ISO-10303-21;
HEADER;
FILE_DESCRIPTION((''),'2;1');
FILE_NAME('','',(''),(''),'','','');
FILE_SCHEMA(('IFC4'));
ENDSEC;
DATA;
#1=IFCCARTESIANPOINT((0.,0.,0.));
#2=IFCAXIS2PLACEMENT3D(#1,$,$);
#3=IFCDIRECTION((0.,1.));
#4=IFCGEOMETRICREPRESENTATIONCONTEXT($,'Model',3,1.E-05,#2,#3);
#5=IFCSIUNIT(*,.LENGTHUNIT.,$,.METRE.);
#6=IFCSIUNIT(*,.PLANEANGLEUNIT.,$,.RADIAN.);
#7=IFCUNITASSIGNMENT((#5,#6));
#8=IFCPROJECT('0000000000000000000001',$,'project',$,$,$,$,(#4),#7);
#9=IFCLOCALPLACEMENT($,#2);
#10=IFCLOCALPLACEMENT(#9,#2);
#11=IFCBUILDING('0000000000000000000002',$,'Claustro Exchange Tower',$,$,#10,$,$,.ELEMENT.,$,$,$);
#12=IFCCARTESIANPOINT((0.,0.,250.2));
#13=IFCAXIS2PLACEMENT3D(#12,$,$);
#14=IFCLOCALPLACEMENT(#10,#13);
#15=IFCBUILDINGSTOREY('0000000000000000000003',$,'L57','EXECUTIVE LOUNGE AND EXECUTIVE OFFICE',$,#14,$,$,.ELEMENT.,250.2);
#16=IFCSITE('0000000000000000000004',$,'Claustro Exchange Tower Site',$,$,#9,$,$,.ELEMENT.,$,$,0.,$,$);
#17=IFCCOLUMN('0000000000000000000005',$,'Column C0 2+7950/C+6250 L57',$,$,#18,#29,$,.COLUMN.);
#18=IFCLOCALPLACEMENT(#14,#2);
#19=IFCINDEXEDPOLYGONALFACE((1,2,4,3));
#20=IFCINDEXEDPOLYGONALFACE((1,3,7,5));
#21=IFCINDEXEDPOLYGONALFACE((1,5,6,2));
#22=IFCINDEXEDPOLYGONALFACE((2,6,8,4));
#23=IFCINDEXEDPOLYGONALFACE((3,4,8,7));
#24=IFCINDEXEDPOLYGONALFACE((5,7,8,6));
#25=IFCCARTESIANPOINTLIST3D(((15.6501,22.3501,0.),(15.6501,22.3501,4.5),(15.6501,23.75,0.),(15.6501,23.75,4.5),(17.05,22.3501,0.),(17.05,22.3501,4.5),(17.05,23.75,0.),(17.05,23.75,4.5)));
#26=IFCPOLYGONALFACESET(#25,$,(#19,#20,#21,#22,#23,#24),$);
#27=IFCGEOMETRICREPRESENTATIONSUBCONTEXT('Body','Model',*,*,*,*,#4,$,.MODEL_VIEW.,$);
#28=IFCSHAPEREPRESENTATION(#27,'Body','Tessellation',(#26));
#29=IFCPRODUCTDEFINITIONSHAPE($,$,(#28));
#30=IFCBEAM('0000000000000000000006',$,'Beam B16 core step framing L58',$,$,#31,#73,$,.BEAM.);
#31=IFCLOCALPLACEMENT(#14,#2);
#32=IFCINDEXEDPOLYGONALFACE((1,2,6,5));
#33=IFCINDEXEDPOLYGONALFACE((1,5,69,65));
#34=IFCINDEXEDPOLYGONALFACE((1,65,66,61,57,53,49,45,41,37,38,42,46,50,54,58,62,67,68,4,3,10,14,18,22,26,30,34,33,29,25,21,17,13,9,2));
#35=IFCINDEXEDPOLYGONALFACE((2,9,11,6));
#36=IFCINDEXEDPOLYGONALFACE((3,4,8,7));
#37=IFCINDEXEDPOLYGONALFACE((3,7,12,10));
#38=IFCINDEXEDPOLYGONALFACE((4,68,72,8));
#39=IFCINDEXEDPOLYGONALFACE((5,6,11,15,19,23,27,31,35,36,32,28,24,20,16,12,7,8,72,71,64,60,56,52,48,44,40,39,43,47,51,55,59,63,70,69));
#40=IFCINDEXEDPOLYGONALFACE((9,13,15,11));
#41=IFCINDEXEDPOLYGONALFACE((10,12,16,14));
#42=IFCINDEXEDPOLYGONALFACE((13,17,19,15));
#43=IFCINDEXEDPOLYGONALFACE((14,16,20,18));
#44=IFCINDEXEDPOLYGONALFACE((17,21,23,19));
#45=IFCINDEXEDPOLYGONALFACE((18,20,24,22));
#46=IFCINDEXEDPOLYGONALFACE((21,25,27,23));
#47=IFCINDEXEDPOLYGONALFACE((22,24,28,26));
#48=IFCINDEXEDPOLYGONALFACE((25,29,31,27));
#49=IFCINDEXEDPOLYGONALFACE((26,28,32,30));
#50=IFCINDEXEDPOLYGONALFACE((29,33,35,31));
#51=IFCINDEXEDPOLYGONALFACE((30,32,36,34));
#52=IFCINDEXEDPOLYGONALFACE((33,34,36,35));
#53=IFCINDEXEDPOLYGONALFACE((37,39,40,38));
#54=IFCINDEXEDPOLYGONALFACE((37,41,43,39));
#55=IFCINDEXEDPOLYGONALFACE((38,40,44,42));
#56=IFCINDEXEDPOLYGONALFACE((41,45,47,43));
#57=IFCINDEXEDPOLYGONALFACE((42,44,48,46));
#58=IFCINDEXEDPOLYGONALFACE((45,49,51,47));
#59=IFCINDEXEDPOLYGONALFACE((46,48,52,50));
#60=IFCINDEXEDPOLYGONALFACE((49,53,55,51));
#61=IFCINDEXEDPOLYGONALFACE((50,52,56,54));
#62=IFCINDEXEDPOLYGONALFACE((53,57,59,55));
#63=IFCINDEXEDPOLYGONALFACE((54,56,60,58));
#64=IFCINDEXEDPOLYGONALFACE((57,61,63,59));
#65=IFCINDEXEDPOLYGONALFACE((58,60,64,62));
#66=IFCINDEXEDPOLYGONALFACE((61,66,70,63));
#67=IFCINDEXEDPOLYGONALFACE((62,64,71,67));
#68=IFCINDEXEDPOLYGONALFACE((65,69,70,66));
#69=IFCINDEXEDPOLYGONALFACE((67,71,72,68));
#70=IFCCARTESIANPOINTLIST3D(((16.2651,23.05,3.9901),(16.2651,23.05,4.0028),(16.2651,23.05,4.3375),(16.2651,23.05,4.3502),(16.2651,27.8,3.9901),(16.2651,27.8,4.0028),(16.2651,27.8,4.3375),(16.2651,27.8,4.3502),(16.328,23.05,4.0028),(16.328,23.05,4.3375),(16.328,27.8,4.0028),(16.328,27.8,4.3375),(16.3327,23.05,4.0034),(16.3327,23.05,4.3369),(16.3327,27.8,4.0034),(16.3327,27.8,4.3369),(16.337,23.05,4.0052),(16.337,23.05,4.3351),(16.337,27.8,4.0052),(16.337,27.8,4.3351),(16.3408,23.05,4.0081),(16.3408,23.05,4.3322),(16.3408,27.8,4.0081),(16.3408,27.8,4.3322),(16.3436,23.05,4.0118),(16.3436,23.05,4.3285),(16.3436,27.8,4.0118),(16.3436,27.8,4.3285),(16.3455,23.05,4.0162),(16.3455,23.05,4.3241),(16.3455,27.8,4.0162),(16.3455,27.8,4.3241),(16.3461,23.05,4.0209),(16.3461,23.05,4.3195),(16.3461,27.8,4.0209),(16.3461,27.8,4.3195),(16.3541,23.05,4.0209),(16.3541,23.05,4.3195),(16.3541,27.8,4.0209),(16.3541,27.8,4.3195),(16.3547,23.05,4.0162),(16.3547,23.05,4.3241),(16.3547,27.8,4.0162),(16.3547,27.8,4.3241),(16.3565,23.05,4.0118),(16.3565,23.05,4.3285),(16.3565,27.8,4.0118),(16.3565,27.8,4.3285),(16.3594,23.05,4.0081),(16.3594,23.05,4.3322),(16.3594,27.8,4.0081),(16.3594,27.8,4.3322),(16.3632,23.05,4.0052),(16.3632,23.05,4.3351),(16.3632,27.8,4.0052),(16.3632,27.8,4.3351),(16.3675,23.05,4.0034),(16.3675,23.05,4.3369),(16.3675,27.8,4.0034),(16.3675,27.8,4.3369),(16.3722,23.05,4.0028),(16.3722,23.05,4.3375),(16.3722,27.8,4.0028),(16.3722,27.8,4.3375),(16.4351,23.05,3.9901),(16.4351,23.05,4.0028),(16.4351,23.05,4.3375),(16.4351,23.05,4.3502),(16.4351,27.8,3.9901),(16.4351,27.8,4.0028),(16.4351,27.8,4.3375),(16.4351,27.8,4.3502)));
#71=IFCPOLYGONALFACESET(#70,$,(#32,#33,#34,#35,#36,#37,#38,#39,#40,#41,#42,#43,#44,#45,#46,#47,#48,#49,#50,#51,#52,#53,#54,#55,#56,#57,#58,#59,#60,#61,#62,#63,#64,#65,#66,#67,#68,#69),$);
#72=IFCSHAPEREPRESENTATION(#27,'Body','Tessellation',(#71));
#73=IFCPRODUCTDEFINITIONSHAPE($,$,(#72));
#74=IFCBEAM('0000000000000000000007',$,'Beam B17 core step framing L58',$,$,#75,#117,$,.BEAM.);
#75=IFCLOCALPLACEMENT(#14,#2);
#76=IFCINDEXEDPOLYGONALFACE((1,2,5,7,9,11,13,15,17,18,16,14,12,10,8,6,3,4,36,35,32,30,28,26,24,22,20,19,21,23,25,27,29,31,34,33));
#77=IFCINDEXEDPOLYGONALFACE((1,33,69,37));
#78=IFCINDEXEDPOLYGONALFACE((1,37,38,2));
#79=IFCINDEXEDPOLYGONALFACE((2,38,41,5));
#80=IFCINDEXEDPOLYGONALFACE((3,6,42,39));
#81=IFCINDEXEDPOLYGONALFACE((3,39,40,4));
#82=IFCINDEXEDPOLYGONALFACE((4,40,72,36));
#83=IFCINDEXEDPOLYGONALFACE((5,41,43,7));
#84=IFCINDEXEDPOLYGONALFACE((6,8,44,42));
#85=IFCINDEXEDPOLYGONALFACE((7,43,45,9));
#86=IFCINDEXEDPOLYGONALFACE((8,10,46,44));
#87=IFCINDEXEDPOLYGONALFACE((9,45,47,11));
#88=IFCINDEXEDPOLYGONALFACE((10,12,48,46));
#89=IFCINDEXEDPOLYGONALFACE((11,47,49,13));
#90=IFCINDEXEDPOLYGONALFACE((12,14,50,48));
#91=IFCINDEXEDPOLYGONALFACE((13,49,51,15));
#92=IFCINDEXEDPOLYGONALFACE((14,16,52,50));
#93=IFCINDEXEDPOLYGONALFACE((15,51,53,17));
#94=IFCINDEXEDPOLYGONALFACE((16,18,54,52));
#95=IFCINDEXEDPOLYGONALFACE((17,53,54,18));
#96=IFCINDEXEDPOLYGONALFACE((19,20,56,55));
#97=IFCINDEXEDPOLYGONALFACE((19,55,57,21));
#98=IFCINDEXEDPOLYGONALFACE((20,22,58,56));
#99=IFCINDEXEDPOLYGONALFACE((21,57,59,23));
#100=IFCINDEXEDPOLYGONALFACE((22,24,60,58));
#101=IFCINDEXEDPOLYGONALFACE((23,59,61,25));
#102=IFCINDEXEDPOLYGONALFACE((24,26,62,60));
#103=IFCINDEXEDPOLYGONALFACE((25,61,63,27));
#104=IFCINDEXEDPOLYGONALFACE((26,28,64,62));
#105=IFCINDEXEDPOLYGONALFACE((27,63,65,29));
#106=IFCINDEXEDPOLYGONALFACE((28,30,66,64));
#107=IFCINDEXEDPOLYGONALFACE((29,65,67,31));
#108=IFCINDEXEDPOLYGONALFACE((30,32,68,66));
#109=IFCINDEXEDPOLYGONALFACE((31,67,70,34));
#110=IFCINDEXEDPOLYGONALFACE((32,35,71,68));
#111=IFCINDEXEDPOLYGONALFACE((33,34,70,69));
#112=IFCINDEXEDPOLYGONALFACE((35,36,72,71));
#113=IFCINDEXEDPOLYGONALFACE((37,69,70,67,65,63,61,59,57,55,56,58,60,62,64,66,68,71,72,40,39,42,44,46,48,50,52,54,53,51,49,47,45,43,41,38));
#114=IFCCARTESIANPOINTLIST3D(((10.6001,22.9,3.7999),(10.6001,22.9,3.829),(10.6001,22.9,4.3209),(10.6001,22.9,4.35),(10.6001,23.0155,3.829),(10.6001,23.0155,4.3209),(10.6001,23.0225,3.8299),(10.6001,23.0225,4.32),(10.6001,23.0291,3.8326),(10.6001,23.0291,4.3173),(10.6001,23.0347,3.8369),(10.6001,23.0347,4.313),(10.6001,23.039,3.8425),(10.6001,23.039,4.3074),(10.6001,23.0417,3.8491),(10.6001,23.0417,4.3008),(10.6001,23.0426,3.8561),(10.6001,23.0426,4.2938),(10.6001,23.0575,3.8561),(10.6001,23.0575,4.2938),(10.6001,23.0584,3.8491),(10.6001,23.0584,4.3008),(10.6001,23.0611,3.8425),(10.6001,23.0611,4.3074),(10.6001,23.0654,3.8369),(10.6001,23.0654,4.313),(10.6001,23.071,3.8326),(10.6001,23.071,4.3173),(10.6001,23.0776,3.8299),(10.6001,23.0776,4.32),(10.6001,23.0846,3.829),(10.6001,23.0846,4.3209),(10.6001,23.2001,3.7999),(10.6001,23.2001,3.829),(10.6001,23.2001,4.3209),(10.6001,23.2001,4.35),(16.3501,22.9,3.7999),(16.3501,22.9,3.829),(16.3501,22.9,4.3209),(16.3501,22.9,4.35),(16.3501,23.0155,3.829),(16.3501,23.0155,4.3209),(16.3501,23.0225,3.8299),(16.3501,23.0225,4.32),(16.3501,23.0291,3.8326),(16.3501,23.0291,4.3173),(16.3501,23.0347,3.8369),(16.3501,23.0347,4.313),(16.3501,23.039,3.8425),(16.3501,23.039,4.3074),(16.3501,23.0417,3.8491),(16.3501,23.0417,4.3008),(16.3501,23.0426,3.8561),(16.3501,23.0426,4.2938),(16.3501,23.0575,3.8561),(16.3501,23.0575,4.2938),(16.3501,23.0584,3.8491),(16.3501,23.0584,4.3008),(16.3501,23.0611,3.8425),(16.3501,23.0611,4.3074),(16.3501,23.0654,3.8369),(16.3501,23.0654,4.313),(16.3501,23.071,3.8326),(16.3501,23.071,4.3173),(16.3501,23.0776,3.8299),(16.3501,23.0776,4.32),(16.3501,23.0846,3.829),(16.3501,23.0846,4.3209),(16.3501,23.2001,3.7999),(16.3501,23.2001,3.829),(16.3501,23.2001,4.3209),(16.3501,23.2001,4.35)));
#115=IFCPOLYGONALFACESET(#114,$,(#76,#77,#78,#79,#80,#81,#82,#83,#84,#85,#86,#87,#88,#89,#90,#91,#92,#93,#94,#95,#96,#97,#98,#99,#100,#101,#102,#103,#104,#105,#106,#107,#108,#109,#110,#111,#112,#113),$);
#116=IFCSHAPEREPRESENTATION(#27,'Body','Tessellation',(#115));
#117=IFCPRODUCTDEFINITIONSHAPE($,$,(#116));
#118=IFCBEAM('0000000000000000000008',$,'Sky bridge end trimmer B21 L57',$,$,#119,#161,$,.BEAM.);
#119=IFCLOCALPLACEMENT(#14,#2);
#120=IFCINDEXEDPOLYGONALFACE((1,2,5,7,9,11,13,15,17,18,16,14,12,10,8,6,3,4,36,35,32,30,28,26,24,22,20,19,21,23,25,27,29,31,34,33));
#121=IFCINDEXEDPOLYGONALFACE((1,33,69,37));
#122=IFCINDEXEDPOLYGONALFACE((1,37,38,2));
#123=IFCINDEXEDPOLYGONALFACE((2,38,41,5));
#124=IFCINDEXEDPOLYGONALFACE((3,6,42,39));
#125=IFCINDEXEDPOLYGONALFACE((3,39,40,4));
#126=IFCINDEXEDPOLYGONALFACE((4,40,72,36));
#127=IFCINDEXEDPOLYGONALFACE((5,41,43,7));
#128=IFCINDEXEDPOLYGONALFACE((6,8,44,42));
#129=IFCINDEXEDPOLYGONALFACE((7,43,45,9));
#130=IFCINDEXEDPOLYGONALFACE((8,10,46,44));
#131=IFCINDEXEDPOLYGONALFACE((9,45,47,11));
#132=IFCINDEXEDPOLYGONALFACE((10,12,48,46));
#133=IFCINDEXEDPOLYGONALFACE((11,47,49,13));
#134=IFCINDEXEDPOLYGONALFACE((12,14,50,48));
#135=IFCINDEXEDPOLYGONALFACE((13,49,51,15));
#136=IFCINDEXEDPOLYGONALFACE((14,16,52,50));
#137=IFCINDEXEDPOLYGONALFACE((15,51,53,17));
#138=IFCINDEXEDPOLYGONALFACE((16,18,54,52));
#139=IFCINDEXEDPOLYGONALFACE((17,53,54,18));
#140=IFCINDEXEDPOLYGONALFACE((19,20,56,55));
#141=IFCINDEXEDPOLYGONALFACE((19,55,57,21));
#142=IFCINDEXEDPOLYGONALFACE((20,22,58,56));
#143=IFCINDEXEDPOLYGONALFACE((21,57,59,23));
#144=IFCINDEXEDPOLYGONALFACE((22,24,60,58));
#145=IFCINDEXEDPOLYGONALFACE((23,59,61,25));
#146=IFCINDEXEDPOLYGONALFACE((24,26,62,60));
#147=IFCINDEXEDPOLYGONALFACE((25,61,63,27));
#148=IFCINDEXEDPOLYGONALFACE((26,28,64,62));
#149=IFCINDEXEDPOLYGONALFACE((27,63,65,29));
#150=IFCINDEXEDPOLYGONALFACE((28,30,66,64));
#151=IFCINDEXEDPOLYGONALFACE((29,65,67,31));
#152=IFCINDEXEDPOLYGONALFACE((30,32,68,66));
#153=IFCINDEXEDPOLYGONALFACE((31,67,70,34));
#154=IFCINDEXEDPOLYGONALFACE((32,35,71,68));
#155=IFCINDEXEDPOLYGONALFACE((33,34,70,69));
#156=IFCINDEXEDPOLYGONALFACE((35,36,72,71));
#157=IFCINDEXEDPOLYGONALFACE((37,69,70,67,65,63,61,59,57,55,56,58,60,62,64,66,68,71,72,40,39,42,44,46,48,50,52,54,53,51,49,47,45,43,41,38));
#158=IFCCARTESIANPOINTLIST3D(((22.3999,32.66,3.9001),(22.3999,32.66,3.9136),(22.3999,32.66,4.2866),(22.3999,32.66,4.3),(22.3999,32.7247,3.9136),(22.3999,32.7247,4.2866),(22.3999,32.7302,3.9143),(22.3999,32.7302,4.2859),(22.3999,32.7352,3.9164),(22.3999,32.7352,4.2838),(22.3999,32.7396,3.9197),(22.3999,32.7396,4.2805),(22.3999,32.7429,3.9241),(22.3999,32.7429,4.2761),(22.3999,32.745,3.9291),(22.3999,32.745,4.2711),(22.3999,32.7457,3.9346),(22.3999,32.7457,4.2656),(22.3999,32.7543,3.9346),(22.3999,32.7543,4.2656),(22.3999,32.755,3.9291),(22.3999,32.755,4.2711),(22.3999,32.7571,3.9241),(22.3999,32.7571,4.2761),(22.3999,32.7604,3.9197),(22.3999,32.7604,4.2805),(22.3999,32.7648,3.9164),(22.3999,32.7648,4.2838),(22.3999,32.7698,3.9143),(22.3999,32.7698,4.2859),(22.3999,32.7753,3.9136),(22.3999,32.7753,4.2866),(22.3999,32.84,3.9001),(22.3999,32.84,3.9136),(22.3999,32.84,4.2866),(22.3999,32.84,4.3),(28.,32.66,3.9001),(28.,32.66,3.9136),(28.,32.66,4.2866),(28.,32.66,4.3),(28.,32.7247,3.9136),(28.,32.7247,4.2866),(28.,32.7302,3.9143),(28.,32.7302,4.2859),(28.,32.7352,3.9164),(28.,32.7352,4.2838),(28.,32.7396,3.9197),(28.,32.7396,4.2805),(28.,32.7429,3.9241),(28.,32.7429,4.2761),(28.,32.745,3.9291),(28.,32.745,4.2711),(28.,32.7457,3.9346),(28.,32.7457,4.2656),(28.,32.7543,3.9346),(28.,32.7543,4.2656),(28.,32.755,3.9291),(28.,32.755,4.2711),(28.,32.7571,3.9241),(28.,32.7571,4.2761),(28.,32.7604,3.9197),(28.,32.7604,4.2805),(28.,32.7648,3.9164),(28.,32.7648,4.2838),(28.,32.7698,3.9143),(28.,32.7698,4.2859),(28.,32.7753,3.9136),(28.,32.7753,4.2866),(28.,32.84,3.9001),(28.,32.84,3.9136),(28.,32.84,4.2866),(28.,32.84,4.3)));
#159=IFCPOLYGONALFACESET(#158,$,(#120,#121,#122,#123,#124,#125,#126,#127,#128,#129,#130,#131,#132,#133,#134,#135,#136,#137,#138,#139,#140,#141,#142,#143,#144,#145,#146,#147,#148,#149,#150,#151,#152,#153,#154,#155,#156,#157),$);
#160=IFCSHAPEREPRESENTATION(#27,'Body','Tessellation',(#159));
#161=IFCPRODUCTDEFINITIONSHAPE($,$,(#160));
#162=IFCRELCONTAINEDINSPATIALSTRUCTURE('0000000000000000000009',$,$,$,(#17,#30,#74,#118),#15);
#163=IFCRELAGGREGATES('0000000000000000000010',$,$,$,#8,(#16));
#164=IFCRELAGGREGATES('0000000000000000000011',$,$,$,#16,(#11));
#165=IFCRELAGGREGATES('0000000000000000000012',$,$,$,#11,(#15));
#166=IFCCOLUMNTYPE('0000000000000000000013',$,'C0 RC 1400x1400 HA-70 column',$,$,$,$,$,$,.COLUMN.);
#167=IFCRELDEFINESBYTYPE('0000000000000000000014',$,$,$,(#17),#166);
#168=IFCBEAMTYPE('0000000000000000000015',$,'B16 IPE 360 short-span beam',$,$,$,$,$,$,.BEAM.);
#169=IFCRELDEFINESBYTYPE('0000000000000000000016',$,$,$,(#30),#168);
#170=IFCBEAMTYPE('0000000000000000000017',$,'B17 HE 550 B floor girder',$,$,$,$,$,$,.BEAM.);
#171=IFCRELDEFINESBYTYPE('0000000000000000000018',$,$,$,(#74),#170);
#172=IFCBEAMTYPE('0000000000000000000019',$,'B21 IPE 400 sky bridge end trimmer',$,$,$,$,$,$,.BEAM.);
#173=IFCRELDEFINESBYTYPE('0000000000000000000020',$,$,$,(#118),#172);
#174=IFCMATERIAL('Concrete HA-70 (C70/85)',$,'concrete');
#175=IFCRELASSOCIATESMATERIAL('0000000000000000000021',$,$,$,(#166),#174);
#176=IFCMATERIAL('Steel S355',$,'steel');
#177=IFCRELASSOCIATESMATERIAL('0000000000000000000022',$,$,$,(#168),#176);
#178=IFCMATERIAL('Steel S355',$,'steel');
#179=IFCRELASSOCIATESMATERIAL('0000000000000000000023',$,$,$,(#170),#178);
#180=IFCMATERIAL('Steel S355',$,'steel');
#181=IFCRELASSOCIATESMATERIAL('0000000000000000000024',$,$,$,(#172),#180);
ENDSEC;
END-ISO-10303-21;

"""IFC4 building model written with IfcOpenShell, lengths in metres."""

from ifc_helpers import new_model, si_unit, direction, frame, origin, origin_2d, place, context, subcontext, project, spatial, rectangle, i_section, extrude, material, material_profile, profile_set, type_object, element, save


model = new_model("IFC4")

# Units and contexts
model_context = context("Model", 3, precision=1e-05, world=origin(), true_north=direction((0.0, 1.0)))
body_context = subcontext(model_context, "Body", "Model", "MODEL_VIEW")
ifc_project = project(units=[si_unit("LENGTHUNIT", "METRE"), si_unit("PLANEANGLEUNIT", "RADIAN")], contexts=[model_context])

# Site, building, storey
site_placement = place(None, origin())
site = spatial("IfcSite", under=ifc_project, at=site_placement, Name="Claustro Exchange Tower Site", CompositionType="ELEMENT", RefElevation=0.0)
building_placement = place(site_placement, origin())
building = spatial("IfcBuilding", under=site, at=building_placement, Name="Claustro Exchange Tower", CompositionType="ELEMENT")
storey_placement = place(building_placement, frame((0.0, 0.0, 250.2)))
storey = spatial("IfcBuildingStorey", under=building, at=storey_placement, Name="L57", Description="EXECUTIVE LOUNGE AND EXECUTIVE OFFICE", CompositionType="ELEMENT", Elevation=250.2)

# Column
ifc_material_1 = material(Name="Concrete HA-70 (C70/85)", Category="concrete")
ifc_material_profile_1 = material_profile(ifc_material_1, rectangle(XDim=1.3999, YDim=1.3999, at=origin_2d()), Name="RC 1400x1400")
ifc_profile_set_1 = profile_set([ifc_material_profile_1], Name="Concrete HA-70 (C70/85)")
column_type = type_object("IfcColumnType", Name="C0 RC 1400x1400 HA-70 column", PredefinedType="COLUMN", material=ifc_profile_set_1)
column_placement = place(storey_placement, frame((16.3501, 23.05, 0.0), z_axis=(0.0, 0.0, 1.0), x_axis=(1.0, 0.0, 0.0)))
element("IfcColumn", 1, at=column_placement, inside=storey, type_object=column_type, Name="Column C0 2+7950/C+6250 L57", PredefinedType="COLUMN", context=body_context, shape_type="SweptSolid", body=[
    extrude(rectangle(XDim=1.3999, YDim=1.3999, at=origin_2d()), origin(), (0.0, 0.0, 1.0), 4.5),
])

# Beams
ifc_material_2 = material(Name="Steel S355", Category="steel")
ifc_material_profile_2 = material_profile(ifc_material_2, i_section(OverallWidth=0.1699, OverallDepth=0.3601, WebThickness=0.0081, FlangeThickness=0.0127, FilletRadius=0.0181, at=origin_2d()), Name="IPE 360")
ifc_profile_set_2 = profile_set([ifc_material_profile_2], Name="Steel S355")
beam_type_1 = type_object("IfcBeamType", Name="B16 IPE 360 short-span beam", PredefinedType="BEAM", material=ifc_profile_set_2)
beam_1_placement = place(storey_placement, frame((16.3501, 23.05, 4.1702), z_axis=(0.0, 1.0, 0.0), x_axis=(-1.0, 0.0, 0.0)))
element("IfcBeam", 2, at=beam_1_placement, inside=storey, type_object=beam_type_1, Name="Beam B16 core step framing L58", PredefinedType="BEAM", context=body_context, shape_type="SweptSolid", body=[
    extrude(i_section(OverallWidth=0.1699, OverallDepth=0.3601, WebThickness=0.0081, FlangeThickness=0.0127, FilletRadius=0.0181, at=origin_2d()), origin(), (0.0, 0.0, 1.0), 4.75),
])
ifc_material_3 = material(Name="Steel S355", Category="steel")
ifc_material_profile_3 = material_profile(ifc_material_3, i_section(OverallWidth=0.3, OverallDepth=0.55, WebThickness=0.0149, FlangeThickness=0.0291, FilletRadius=0.0271, at=origin_2d()), Name="HE 550 B")
ifc_profile_set_3 = profile_set([ifc_material_profile_3], Name="Steel S355")
beam_type_2 = type_object("IfcBeamType", Name="B17 HE 550 B floor girder", PredefinedType="BEAM", material=ifc_profile_set_3)
beam_2_placement = place(storey_placement, frame((10.6001, 23.05, 4.075), z_axis=(1.0, 0.0, 0.0), x_axis=(0.0, 1.0, 0.0)))
element("IfcBeam", 3, at=beam_2_placement, inside=storey, type_object=beam_type_2, Name="Beam B17 core step framing L58", PredefinedType="BEAM", context=body_context, shape_type="SweptSolid", body=[
    extrude(i_section(OverallWidth=0.3, OverallDepth=0.55, WebThickness=0.0149, FlangeThickness=0.0291, FilletRadius=0.0271, at=origin_2d()), origin(), (0.0, 0.0, 1.0), 5.75),
])
ifc_material_4 = material(Name="Steel S355", Category="steel")
ifc_material_profile_4 = material_profile(ifc_material_4, i_section(OverallWidth=0.1799, OverallDepth=0.3999, WebThickness=0.0085, FlangeThickness=0.0134, FilletRadius=0.021, at=origin_2d()), Name="IPE 400")
ifc_profile_set_4 = profile_set([ifc_material_profile_4], Name="Steel S355")
beam_type_3 = type_object("IfcBeamType", Name="B21 IPE 400 sky bridge end trimmer", PredefinedType="BEAM", material=ifc_profile_set_4)
beam_3_placement = place(storey_placement, frame((22.3999, 32.75, 4.1001), z_axis=(1.0, 0.0, 0.0), x_axis=(0.0, 1.0, 0.0)))
element("IfcBeam", 4, at=beam_3_placement, inside=storey, type_object=beam_type_3, Name="Sky bridge end trimmer B21 L57", PredefinedType="BEAM", context=body_context, shape_type="SweptSolid", body=[
    extrude(i_section(OverallWidth=0.1799, OverallDepth=0.3999, WebThickness=0.0085, FlangeThickness=0.0134, FilletRadius=0.021, at=origin_2d()), origin(), (0.0, 0.0, 1.0), 5.6001),
])

save(model, "model.ifc")
